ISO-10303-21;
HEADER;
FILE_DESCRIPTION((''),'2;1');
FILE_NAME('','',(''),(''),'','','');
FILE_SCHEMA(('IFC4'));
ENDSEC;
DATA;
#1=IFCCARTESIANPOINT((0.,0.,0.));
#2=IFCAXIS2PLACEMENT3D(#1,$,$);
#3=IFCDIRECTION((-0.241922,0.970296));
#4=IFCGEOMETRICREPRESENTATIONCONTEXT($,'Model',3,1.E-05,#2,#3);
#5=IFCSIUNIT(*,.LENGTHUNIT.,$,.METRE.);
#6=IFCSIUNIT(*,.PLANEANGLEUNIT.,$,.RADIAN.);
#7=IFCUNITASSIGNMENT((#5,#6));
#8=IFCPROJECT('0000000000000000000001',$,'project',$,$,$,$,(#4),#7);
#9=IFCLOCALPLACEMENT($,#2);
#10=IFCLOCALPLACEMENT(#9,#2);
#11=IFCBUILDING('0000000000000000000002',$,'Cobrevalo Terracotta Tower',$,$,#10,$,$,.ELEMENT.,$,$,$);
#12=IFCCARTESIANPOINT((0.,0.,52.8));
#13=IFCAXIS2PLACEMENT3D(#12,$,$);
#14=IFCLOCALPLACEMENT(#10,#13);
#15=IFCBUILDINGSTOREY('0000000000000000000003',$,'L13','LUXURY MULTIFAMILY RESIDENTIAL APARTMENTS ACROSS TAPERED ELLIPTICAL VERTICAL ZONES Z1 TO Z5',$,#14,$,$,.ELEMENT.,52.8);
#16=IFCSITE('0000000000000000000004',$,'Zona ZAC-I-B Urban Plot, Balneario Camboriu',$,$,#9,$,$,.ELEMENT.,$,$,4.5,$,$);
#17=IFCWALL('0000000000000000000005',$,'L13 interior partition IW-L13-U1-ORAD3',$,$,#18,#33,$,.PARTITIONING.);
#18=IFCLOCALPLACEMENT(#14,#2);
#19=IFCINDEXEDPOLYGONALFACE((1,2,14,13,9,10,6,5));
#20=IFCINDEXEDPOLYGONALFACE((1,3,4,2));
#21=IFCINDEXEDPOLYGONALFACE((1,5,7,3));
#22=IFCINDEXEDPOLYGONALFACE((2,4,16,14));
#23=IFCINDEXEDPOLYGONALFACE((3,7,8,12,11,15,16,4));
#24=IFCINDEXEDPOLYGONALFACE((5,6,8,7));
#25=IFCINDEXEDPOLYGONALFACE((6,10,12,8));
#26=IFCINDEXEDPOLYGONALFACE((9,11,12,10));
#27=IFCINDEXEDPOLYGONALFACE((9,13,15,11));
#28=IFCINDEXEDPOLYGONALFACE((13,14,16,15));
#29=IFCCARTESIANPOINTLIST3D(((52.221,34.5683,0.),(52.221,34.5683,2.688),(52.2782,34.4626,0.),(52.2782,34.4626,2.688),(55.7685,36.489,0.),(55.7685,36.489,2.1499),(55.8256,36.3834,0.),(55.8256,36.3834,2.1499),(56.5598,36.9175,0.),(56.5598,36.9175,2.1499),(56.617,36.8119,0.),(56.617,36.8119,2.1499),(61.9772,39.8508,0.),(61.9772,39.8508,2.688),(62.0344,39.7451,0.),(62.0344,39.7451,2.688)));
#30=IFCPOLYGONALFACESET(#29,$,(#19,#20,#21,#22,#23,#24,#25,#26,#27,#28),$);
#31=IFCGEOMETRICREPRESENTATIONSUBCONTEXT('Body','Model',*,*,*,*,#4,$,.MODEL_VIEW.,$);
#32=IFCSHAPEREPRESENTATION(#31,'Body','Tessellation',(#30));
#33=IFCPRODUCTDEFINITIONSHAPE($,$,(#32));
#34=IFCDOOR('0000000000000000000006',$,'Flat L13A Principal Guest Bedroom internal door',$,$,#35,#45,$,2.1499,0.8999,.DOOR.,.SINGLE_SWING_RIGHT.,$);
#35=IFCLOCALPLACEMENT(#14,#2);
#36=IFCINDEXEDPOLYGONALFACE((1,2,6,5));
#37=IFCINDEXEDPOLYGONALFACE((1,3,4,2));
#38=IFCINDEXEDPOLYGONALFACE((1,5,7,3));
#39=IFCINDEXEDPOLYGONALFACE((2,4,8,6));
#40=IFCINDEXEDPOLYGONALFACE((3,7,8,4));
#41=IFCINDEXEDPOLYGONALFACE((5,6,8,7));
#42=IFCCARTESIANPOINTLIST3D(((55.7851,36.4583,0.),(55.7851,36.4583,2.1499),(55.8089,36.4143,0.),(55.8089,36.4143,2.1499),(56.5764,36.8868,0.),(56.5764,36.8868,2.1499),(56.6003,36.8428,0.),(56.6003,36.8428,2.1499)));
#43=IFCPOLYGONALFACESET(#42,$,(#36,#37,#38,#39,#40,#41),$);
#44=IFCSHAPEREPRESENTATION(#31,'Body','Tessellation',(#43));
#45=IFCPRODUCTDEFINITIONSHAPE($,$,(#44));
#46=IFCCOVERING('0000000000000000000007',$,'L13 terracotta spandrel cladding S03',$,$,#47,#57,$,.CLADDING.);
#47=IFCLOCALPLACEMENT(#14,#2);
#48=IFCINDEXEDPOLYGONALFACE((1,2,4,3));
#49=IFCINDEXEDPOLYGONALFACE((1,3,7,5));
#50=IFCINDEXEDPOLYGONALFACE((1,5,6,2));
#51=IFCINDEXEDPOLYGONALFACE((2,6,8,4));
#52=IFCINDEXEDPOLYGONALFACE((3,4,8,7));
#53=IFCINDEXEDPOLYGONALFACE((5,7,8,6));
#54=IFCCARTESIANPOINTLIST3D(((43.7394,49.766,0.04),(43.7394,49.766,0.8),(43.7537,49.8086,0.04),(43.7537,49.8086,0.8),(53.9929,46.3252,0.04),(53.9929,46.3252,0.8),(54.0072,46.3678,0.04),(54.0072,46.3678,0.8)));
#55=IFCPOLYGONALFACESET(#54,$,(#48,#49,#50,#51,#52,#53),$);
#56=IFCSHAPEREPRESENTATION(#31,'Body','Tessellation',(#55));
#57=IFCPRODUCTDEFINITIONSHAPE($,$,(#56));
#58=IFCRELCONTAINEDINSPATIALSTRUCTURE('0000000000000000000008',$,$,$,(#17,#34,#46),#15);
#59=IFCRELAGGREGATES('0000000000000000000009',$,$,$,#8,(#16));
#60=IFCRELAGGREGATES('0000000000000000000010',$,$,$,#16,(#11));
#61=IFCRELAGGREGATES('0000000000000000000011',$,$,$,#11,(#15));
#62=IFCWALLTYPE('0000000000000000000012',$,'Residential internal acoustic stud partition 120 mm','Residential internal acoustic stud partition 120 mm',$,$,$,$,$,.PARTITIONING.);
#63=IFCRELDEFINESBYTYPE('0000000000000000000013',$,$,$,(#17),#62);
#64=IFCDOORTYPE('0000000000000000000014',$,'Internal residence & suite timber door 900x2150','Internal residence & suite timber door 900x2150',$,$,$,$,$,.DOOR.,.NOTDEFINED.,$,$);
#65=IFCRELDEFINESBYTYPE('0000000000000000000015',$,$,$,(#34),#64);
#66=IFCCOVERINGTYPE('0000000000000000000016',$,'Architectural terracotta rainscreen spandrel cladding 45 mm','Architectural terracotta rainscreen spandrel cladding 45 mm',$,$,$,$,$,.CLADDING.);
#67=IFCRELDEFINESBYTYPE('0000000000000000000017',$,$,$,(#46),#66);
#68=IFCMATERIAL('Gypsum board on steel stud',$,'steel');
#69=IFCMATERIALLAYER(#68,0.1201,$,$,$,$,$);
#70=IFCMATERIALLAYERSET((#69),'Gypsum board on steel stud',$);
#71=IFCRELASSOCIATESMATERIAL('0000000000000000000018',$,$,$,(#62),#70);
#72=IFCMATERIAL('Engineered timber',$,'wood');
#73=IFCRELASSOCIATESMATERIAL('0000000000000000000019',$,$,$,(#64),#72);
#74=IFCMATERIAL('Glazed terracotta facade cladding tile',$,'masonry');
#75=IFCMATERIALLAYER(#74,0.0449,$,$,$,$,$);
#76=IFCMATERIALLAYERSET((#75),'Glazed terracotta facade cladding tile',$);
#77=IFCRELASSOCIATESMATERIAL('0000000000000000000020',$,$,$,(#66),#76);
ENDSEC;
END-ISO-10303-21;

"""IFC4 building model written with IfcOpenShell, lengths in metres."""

from ifc_helpers import new_model, si_unit, direction, frame, frame_2d, origin, origin_2d, place, context, subcontext, project, spatial, rectangle, extrude, source, transform, mapped, material, layer, layer_set, type_object, element, fill, save


model = new_model("IFC4")

# Units and contexts
model_context = context("Model", 3, precision=1e-05, world=origin(), true_north=direction((-0.241922, 0.970296)))
body_context = subcontext(model_context, "Body", "Model", "MODEL_VIEW")
ifc_project = project(units=[si_unit("LENGTHUNIT", "METRE"), si_unit("PLANEANGLEUNIT", "RADIAN")], contexts=[model_context])

# Site, building, storey
site_placement = place(None, origin())
site = spatial("IfcSite", under=ifc_project, at=site_placement, Name="Zona ZAC-I-B Urban Plot, Balneario Camboriu", CompositionType="ELEMENT", RefElevation=4.5)
building_placement = place(site_placement, origin())
building = spatial("IfcBuilding", under=site, at=building_placement, Name="Cobrevalo Terracotta Tower", CompositionType="ELEMENT")
storey_placement = place(building_placement, frame((0.0, 0.0, 52.8)))
storey = spatial("IfcBuildingStorey", under=building, at=storey_placement, Name="L13", Description="LUXURY MULTIFAMILY RESIDENTIAL APARTMENTS ACROSS TAPERED ELLIPTICAL VERTICAL ZONES Z1 TO Z5", CompositionType="ELEMENT", Elevation=52.8)

# Shared definitions
ifc_material_1 = material(Name="Gypsum board on steel stud", Category="steel")
ifc_layer_1 = layer(ifc_material_1, 0.1201)
ifc_layer_set_1 = layer_set([ifc_layer_1], Name="Gypsum board on steel stud")
wall_type_1 = type_object("IfcWallType", Name="Residential internal acoustic stud partition 120 mm", Description="Residential internal acoustic stud partition 120 mm", PredefinedType="PARTITIONING", material=ifc_layer_set_1)
ifc_material_2 = material(Name="Engineered timber", Category="wood")
door_type_1 = type_object("IfcDoorType", Name="Internal residence & suite timber door 900x2150", Description="Internal residence & suite timber door 900x2150", OperationType="NOTDEFINED", PredefinedType="DOOR", material=ifc_material_2)
shared_shape_1 = source(origin(), body_context, "Body", "SweptSolid", [
    extrude(rectangle(XDim=0.8999, YDim=2.1499, at=frame_2d((0.45, 1.075))), frame((0.0, 0.0249, 0.0), z_axis=(0.0, -1.0, 0.0), x_axis=(1.0, 0.0, 0.0)), (0.0, 0.0, 1.0), 0.05),
])

# Wall, opening, door
wall_1_placement = place(storey_placement, frame((52.2495, 34.5154, 0.0), z_axis=(0.0, 0.0, 1.0), x_axis=(0.879371, 0.476138, 0.0)))
wall_1 = element("IfcWall", 1, at=wall_1_placement, inside=storey, type_object=wall_type_1, Name="L13 interior partition IW-L13-U1-ORAD3", PredefinedType="PARTITIONING", context=body_context, shape_type="SweptSolid", body=[
    extrude(rectangle(XDim=11.0945, YDim=0.1201, at=frame_2d((5.5474, 0.0))), origin(), (0.0, 0.0, 1.0), 2.688),
])
opening_1_placement = place(wall_1_placement, frame((4.0342, 0.0, 0.0)))
opening_1 = element("IfcOpeningElement", 2, at=opening_1_placement, cuts=wall_1, PredefinedType="OPENING", context=body_context, shape_type="SweptSolid", body=[
    extrude(rectangle(XDim=0.8999, YDim=2.1499, at=frame_2d((0.45, 1.075))), frame((0.0, 0.0701, 0.0), z_axis=(0.0, -1.0, 0.0), x_axis=(1.0, 0.0, 0.0)), (0.0, 0.0, 1.0), 0.1401),
])
door_1_placement = place(opening_1_placement, frame((0.8999, 0.0, 0.0), z_axis=(0.0, 0.0, 1.0), x_axis=(-1.0, 0.0, 0.0)))
door_1 = element("IfcDoor", 3, at=door_1_placement, inside=storey, type_object=door_type_1, Name="Flat L13A Principal Guest Bedroom internal door", OperationType="SINGLE_SWING_RIGHT", OverallHeight=2.1499, OverallWidth=0.8999, PredefinedType="DOOR", context=body_context, shape_type="MappedRepresentation", body=[
    mapped(shared_shape_1, transform((0.0, 0.0, 0.0), scale=1.0)),
])
fill(opening_1, door_1)

# Covering
ifc_material_3 = material(Name="Glazed terracotta facade cladding tile", Category="masonry")
ifc_layer_2 = layer(ifc_material_3, 0.0449)
ifc_layer_set_2 = layer_set([ifc_layer_2], Name="Glazed terracotta facade cladding tile")
covering_type = type_object("IfcCoveringType", Name="Architectural terracotta rainscreen spandrel cladding 45 mm", Description="Architectural terracotta rainscreen spandrel cladding 45 mm", PredefinedType="CLADDING", material=ifc_layer_set_2)
shared_shape_2 = source(origin(), body_context, "Body", "SweptSolid", [
    extrude(rectangle(XDim=10.8154, YDim=0.0449, at=origin_2d()), origin(), (0.0, 0.0, 1.0), 0.76),
])
covering_placement = place(storey_placement, frame((48.8733, 48.0669, 0.04), z_axis=(0.0, 0.0, 1.0), x_axis=(-0.948044, 0.318139, 0.0)))
element("IfcCovering", 4, at=covering_placement, inside=storey, type_object=covering_type, Name="L13 terracotta spandrel cladding S03", PredefinedType="CLADDING", context=body_context, shape_type="MappedRepresentation", body=[
    mapped(shared_shape_2, transform((0.0, 0.0, 0.0), scale=1.0)),
])

save(model, "model.ifc")
